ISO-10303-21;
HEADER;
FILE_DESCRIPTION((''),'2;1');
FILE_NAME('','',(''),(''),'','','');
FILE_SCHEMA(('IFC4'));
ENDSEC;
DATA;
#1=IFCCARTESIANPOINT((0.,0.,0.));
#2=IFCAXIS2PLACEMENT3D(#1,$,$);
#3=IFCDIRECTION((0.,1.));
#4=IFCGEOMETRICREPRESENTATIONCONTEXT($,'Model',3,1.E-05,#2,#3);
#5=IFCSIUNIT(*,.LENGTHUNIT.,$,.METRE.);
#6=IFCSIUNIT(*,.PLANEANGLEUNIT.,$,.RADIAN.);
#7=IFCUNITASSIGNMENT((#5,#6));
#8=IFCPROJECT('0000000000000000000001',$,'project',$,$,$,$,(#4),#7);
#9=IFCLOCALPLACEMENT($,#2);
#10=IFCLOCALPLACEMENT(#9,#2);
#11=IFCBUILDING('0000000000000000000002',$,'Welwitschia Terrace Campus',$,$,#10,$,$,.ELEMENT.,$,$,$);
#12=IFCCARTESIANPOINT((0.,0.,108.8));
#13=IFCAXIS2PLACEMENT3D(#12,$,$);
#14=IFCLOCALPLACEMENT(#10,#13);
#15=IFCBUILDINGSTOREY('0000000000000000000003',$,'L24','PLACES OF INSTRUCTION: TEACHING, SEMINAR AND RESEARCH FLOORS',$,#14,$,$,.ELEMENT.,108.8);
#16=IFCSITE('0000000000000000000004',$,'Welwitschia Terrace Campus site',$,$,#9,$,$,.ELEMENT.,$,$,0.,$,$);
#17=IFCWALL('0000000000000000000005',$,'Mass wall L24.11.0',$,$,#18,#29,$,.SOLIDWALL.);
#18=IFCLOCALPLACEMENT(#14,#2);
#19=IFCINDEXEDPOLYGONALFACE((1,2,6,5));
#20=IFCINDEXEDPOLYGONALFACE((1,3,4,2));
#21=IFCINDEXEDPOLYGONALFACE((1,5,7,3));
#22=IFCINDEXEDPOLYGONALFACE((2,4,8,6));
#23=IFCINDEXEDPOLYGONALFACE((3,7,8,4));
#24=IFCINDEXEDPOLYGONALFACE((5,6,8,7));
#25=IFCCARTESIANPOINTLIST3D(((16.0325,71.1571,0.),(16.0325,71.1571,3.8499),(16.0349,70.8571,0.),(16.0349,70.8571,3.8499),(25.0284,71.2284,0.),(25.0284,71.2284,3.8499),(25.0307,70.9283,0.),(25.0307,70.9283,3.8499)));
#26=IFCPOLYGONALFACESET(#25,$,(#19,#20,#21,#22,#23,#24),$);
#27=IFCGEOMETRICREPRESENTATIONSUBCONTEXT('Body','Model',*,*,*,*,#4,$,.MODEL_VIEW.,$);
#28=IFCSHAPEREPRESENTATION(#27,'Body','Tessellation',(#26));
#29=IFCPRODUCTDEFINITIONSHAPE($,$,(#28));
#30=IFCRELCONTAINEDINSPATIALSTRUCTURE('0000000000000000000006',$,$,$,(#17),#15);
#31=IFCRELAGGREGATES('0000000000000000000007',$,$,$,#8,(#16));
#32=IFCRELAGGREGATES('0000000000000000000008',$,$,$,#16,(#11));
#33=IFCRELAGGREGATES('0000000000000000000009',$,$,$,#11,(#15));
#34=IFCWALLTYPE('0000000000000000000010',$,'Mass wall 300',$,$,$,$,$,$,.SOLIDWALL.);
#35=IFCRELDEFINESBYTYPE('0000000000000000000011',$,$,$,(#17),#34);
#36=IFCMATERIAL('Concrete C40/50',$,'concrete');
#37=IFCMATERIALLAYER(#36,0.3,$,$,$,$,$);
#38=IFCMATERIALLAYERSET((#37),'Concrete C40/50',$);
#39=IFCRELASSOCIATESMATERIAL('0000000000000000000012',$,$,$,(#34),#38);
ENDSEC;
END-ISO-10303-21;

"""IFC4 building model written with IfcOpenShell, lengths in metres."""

from ifc_helpers import new_model, si_unit, direction, frame, frame_2d, origin, place, context, subcontext, project, spatial, rectangle, extrude, material, layer, layer_set, type_object, element, save


model = new_model("IFC4")

# Units and contexts
model_context = context("Model", 3, precision=1e-05, world=origin(), true_north=direction((0.0, 1.0)))
body_context = subcontext(model_context, "Body", "Model", "MODEL_VIEW")
ifc_project = project(units=[si_unit("LENGTHUNIT", "METRE"), si_unit("PLANEANGLEUNIT", "RADIAN")], contexts=[model_context])

# Site, building, storey
site_placement = place(None, origin())
site = spatial("IfcSite", under=ifc_project, at=site_placement, Name="Welwitschia Terrace Campus site", CompositionType="ELEMENT", RefElevation=0.0)
building_placement = place(site_placement, origin())
building = spatial("IfcBuilding", under=site, at=building_placement, Name="Welwitschia Terrace Campus", CompositionType="ELEMENT")
storey_placement = place(building_placement, frame((0.0, 0.0, 108.8)))
storey = spatial("IfcBuildingStorey", under=building, at=storey_placement, Name="L24", Description="PLACES OF INSTRUCTION: TEACHING, SEMINAR AND RESEARCH FLOORS", CompositionType="ELEMENT", Elevation=108.8)

# Wall
ifc_material_1 = material(Name="Concrete C40/50", Category="concrete")
ifc_layer_1 = layer(ifc_material_1, 0.3)
ifc_layer_set_1 = layer_set([ifc_layer_1], Name="Concrete C40/50")
wall_type = type_object("IfcWallType", Name="Mass wall 300", PredefinedType="SOLIDWALL", material=ifc_layer_set_1)
wall_placement = place(storey_placement, frame((25.0295, 71.0784, 0.0), z_axis=(0.0, 0.0, 1.0), x_axis=(-0.999969, -0.007924, 0.0)))
element("IfcWall", 1, at=wall_placement, inside=storey, type_object=wall_type, Name="Mass wall L24.11.0", PredefinedType="SOLIDWALL", context=body_context, shape_type="SweptSolid", body=[
    extrude(rectangle(XDim=8.9961, YDim=0.3, at=frame_2d((4.498, 0.0))), origin(), (0.0, 0.0, 1.0), 3.8499),
])

save(model, "model.ifc")
